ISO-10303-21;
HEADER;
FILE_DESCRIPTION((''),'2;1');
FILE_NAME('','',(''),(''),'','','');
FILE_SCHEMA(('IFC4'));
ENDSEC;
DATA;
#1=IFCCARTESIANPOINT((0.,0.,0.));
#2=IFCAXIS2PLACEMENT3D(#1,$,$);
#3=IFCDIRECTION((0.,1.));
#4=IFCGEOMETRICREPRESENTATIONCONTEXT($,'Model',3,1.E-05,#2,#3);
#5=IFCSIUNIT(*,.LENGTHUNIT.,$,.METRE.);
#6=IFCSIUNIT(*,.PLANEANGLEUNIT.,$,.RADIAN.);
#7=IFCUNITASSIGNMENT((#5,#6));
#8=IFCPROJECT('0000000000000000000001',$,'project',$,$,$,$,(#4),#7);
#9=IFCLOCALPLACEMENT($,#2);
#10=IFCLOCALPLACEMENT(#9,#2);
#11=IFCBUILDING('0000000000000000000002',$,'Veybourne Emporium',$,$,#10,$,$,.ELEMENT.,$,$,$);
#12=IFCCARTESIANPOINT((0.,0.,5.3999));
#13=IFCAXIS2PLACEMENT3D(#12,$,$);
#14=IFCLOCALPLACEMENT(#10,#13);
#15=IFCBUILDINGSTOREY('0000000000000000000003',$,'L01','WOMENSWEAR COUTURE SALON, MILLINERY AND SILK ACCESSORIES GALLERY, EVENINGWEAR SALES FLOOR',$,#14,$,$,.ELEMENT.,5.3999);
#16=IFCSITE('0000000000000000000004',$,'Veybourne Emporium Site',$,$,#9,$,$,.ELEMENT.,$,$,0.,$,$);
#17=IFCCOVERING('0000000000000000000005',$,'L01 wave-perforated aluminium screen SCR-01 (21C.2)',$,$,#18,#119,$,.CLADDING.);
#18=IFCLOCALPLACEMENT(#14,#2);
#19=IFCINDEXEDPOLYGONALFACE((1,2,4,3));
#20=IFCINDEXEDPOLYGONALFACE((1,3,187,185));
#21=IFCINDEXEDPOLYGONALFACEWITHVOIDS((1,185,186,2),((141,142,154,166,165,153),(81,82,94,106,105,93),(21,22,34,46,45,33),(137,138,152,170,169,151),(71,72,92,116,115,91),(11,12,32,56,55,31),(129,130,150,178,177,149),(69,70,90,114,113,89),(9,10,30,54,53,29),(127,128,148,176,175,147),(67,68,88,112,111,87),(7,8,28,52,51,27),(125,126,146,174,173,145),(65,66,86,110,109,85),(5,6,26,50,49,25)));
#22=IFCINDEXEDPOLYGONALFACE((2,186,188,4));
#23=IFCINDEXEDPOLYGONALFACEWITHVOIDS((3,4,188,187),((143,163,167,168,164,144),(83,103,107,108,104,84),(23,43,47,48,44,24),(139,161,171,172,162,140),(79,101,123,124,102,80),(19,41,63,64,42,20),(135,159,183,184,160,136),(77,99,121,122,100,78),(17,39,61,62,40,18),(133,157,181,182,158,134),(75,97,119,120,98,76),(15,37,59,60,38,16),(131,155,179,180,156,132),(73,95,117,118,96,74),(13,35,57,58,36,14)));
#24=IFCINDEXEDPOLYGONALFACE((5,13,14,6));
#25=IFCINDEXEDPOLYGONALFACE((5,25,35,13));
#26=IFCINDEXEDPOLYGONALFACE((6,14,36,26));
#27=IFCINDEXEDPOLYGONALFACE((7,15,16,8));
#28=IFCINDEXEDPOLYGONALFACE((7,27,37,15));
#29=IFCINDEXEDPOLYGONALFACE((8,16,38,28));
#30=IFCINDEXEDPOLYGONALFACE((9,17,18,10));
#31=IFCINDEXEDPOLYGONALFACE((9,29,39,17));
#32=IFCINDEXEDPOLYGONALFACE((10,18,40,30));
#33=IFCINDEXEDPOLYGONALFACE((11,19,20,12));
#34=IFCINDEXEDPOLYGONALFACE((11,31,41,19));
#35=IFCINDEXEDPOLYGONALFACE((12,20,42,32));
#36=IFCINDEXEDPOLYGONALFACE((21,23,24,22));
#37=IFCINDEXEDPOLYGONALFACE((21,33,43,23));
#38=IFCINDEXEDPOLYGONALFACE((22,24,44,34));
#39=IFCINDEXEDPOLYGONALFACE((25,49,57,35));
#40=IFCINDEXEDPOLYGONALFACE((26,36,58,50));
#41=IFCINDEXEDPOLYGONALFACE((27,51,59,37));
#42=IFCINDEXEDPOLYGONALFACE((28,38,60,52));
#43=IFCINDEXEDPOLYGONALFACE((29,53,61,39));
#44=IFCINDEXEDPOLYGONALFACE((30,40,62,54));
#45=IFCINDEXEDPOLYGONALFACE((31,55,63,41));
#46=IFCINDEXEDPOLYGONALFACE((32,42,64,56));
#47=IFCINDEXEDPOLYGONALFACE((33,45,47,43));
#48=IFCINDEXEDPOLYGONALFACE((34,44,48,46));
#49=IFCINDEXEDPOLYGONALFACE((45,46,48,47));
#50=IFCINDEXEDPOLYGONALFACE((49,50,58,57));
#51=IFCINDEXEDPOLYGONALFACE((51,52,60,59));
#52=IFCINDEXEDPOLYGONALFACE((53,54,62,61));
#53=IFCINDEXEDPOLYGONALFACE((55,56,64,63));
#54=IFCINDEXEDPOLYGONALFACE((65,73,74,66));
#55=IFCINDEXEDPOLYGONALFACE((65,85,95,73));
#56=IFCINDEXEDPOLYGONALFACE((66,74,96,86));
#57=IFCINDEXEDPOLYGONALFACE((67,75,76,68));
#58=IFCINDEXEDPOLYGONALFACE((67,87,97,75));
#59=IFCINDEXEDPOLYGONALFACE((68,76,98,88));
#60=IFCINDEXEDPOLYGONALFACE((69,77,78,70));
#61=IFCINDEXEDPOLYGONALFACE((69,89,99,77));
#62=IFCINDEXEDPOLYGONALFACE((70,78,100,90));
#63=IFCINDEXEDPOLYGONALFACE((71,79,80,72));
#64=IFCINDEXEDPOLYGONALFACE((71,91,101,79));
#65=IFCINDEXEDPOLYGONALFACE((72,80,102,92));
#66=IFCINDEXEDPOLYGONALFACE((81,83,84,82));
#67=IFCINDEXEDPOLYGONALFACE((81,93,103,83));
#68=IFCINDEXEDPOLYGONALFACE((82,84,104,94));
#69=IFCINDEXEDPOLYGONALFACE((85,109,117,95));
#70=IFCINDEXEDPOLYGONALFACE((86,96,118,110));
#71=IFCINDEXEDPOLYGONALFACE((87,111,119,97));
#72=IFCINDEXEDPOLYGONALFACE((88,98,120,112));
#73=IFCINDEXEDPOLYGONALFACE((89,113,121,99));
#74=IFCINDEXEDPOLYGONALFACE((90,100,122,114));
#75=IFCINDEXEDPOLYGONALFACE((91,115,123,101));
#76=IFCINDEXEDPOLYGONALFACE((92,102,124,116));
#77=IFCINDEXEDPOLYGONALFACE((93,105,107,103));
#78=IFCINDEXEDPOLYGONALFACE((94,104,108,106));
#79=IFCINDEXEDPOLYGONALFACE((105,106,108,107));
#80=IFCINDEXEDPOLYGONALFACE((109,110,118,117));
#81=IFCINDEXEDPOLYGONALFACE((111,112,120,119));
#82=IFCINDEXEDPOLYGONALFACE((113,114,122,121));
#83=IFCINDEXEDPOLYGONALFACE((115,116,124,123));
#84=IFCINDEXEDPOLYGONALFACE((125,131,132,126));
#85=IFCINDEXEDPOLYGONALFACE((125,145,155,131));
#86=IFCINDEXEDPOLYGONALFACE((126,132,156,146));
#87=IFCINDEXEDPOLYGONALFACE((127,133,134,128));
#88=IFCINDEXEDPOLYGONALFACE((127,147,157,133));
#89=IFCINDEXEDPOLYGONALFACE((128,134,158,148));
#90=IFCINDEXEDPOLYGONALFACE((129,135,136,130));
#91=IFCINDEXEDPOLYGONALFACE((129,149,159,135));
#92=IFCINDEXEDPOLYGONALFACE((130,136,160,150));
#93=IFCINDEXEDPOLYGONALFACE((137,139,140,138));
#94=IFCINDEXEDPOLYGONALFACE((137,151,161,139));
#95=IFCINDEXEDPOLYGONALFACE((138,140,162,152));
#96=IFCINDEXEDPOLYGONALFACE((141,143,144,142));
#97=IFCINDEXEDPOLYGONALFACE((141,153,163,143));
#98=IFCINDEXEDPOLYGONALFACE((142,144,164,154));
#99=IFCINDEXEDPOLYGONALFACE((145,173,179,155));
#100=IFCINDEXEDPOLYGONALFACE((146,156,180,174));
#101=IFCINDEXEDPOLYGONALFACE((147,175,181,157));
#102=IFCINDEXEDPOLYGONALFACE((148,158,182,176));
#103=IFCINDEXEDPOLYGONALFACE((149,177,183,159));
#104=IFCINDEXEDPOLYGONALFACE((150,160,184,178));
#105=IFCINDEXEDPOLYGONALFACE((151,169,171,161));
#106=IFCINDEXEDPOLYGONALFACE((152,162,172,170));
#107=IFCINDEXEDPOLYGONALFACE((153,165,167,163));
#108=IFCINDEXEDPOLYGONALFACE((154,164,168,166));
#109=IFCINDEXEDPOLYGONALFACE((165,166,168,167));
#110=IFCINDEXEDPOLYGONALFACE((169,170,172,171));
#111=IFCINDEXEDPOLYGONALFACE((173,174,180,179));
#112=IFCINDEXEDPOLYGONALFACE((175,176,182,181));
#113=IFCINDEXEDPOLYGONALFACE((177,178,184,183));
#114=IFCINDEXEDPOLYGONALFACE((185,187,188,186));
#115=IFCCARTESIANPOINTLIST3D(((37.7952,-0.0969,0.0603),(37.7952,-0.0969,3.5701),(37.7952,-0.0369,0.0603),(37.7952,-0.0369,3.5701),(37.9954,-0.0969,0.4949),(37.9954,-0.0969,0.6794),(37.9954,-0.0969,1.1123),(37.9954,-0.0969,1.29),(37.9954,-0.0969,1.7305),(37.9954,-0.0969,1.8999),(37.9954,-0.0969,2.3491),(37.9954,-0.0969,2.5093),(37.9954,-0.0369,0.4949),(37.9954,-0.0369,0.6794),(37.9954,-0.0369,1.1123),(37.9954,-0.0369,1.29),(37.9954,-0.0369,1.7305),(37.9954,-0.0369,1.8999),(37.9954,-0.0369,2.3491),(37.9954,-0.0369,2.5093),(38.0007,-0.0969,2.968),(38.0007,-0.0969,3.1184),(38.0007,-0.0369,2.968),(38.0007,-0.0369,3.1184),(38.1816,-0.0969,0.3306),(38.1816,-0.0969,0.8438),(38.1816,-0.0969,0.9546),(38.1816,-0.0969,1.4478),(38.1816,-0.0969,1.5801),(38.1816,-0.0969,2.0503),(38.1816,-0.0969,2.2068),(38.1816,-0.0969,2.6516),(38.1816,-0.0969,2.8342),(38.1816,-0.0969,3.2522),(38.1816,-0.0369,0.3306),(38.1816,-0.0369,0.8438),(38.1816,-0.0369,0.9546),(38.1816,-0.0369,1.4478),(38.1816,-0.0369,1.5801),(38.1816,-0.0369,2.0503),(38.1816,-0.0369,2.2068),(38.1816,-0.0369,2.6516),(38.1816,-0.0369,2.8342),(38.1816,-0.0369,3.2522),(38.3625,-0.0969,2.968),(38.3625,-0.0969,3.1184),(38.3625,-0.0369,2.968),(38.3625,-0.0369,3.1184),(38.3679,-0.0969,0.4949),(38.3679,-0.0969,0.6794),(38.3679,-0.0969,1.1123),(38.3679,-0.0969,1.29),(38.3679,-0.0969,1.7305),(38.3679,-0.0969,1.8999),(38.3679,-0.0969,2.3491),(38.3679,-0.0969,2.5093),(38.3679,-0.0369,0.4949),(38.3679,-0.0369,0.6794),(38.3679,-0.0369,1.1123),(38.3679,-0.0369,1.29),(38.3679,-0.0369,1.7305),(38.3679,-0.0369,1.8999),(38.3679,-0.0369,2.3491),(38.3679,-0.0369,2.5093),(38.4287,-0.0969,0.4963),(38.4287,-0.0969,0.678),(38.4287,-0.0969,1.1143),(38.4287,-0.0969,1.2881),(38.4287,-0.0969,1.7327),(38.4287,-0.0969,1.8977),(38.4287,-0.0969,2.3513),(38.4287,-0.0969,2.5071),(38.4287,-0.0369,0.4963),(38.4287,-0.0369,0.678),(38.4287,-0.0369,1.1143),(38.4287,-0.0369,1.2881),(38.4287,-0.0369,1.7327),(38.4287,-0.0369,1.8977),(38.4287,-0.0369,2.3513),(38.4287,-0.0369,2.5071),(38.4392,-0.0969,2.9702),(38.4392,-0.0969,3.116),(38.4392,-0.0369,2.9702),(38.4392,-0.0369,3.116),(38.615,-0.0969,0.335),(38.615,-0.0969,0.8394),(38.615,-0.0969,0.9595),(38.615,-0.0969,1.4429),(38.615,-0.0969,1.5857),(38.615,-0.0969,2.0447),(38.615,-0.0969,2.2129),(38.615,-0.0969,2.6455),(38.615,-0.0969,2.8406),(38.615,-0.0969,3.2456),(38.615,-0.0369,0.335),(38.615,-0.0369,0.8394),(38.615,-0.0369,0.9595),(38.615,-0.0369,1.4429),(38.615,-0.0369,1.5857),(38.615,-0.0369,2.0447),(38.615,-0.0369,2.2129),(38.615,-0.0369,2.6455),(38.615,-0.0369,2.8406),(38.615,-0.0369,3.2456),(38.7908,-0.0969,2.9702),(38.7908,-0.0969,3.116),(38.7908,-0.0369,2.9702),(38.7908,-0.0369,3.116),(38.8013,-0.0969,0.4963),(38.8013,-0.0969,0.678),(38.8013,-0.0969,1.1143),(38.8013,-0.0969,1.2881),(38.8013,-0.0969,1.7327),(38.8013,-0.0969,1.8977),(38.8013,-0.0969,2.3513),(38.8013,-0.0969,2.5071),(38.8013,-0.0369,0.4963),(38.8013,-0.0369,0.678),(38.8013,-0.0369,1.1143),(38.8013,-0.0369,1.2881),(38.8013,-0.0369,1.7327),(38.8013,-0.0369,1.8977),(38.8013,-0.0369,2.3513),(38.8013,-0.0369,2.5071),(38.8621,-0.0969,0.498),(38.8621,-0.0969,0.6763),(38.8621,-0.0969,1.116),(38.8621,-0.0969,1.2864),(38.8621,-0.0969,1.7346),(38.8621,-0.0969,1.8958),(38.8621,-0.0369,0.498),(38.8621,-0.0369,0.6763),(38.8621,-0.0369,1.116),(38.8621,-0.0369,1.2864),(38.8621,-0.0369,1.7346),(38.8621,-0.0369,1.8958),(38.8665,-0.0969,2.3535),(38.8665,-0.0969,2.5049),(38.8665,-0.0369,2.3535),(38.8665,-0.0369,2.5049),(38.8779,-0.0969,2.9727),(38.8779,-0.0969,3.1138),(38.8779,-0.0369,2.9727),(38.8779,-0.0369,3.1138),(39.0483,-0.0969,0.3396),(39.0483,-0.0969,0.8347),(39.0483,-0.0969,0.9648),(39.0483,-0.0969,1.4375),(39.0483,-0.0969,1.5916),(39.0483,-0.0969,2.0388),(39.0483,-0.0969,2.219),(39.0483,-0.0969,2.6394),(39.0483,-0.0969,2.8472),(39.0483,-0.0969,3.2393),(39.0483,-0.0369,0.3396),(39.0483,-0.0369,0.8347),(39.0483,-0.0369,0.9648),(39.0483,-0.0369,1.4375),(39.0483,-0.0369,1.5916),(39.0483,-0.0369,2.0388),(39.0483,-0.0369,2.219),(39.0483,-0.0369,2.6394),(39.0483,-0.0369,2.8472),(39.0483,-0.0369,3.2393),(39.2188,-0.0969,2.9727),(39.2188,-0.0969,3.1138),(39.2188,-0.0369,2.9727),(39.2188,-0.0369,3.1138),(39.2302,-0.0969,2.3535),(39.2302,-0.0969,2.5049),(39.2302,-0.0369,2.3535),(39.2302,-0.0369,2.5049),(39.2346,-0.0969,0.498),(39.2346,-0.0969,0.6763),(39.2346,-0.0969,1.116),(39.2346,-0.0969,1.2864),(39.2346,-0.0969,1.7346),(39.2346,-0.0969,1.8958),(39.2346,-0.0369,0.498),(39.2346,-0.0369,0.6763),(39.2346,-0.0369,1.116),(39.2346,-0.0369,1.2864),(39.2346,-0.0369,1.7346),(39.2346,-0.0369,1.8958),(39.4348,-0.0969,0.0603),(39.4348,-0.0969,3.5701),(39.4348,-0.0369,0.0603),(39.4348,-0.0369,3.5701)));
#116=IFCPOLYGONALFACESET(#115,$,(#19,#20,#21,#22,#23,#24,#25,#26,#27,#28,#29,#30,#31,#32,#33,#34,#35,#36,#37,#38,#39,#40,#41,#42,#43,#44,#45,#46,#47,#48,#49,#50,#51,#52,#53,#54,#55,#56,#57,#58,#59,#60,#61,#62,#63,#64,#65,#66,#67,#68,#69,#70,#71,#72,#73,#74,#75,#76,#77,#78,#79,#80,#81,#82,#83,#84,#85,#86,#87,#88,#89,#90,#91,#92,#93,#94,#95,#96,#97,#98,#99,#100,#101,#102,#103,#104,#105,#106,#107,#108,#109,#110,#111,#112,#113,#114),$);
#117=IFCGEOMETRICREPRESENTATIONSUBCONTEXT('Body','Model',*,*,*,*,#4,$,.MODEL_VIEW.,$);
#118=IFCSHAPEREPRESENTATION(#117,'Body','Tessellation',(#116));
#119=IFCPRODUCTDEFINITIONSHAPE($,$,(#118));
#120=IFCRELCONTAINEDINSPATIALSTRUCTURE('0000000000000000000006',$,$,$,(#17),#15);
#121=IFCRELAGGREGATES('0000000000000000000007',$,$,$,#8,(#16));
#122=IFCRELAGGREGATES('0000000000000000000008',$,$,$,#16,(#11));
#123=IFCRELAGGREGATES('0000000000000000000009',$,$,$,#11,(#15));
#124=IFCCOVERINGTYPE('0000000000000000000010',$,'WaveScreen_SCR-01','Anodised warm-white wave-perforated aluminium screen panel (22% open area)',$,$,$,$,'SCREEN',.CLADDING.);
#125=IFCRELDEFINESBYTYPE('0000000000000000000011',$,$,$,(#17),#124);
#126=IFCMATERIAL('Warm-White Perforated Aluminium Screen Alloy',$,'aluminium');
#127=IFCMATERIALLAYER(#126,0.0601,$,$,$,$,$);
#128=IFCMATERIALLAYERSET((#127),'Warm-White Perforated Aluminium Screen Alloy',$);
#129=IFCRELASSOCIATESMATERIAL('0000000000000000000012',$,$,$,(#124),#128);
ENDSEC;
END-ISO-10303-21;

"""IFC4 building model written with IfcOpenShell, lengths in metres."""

from ifc_helpers import new_model, si_unit, direction, frame, origin, place, context, subcontext, project, spatial, polyline, outline, extrude, material, layer, layer_set, type_object, element, save


model = new_model("IFC4")

# Units and contexts
model_context = context("Model", 3, precision=1e-05, world=origin(), true_north=direction((0.0, 1.0)))
body_context = subcontext(model_context, "Body", "Model", "MODEL_VIEW")
ifc_project = project(units=[si_unit("LENGTHUNIT", "METRE"), si_unit("PLANEANGLEUNIT", "RADIAN")], contexts=[model_context])

# Site, building, storey
site_placement = place(None, origin())
site = spatial("IfcSite", under=ifc_project, at=site_placement, Name="Veybourne Emporium Site", CompositionType="ELEMENT", RefElevation=0.0)
building_placement = place(site_placement, origin())
building = spatial("IfcBuilding", under=site, at=building_placement, Name="Veybourne Emporium", CompositionType="ELEMENT")
storey_placement = place(building_placement, frame((0.0, 0.0, 5.3999)))
storey = spatial("IfcBuildingStorey", under=building, at=storey_placement, Name="L01", Description="WOMENSWEAR COUTURE SALON, MILLINERY AND SILK ACCESSORIES GALLERY, EVENINGWEAR SALES FLOOR", CompositionType="ELEMENT", Elevation=5.3999)

# Covering
ifc_material_1 = material(Name="Warm-White Perforated Aluminium Screen Alloy", Category="aluminium")
ifc_layer_1 = layer(ifc_material_1, 0.0601)
ifc_layer_set_1 = layer_set([ifc_layer_1], Name="Warm-White Perforated Aluminium Screen Alloy")
covering_type_1 = type_object("IfcCoveringType", Name="WaveScreen_SCR-01", Description="Anodised warm-white wave-perforated aluminium screen panel (22% open area)", ElementType="SCREEN", PredefinedType="CLADDING", material=ifc_layer_set_1)
covering_1_placement = place(storey_placement, frame((38.615, -0.0969, 1.8152), z_axis=(0.0, 1.0, 0.0), x_axis=(-1.0, 0.0, 0.0)))
element("IfcCovering", 1, at=covering_1_placement, inside=storey, type_object=covering_type_1, Name="L01 wave-perforated aluminium screen SCR-01 (21C.2)", PredefinedType="CLADDING", context=body_context, shape_type="SweptSolid", body=[
    extrude(outline(polyline([(-0.8198, -1.7549), (0.8198, -1.7549), (0.8198, 1.7549), (-0.8198, 1.7549), (-0.8198, -1.7549)]), holes=[polyline([(-0.4333, -0.9805), (-0.2471, -1.1389), (-0.2471, -1.3171), (-0.4333, -1.4756), (-0.6196, -1.3171), (-0.6196, -1.1389), (-0.4333, -0.9805)]), polyline([(-0.4333, -0.3777), (-0.2471, -0.5288), (-0.2471, -0.6992), (-0.4333, -0.8503), (-0.6196, -0.6992), (-0.6196, -0.5288), (-0.4333, -0.3777)]), polyline([(-0.4333, 0.2236), (-0.2471, 0.0806), (-0.2471, -0.0806), (-0.4333, -0.2236), (-0.6196, -0.0806), (-0.6196, 0.0806), (-0.4333, 0.2236)]), polyline([(-0.4333, 0.8242), (-0.2515, 0.6897), (-0.2515, 0.5383), (-0.4333, 0.4038), (-0.6152, 0.5383), (-0.6152, 0.6897), (-0.4333, 0.8242)]), polyline([(-0.4333, 1.4241), (-0.2629, 1.2986), (-0.2629, 1.1575), (-0.4333, 1.032), (-0.6038, 1.1575), (-0.6038, 1.2986), (-0.4333, 1.4241)]), polyline([(0.0, -0.9758), (0.1863, -1.1372), (0.1863, -1.3188), (0.0, -1.4802), (-0.1863, -1.3188), (-0.1863, -1.1372), (0.0, -0.9758)]), polyline([(0.0, -0.3723), (0.1863, -0.5271), (0.1863, -0.7009), (0.0, -0.8557), (-0.1863, -0.7009), (-0.1863, -0.5271), (0.0, -0.3723)]), polyline([(0.0, 0.2295), (0.1863, 0.0825), (0.1863, -0.0825), (0.0, -0.2295), (-0.1863, -0.0825), (-0.1863, 0.0825), (0.0, 0.2295)]), polyline([(0.0, 0.8303), (0.1863, 0.6919), (0.1863, 0.5361), (0.0, 0.3977), (-0.1863, 0.5361), (-0.1863, 0.6919), (0.0, 0.8303)]), polyline([(0.0, 1.4304), (0.1758, 1.3008), (0.1758, 1.155), (0.0, 1.0254), (-0.1758, 1.155), (-0.1758, 1.3008), (0.0, 1.4304)]), polyline([(0.4333, -0.9714), (0.6196, -1.1357), (0.6196, -1.3203), (0.4333, -1.4846), (0.2471, -1.3203), (0.2471, -1.1357), (0.4333, -0.9714)]), polyline([(0.4333, -0.3674), (0.6196, -0.5251), (0.6196, -0.7029), (0.4333, -0.8606), (0.2471, -0.7029), (0.2471, -0.5251), (0.4333, -0.3674)]), polyline([(0.4333, 0.2351), (0.6196, 0.0847), (0.6196, -0.0847), (0.4333, -0.2351), (0.2471, -0.0847), (0.2471, 0.0847), (0.4333, 0.2351)]), polyline([(0.4333, 0.8364), (0.6196, 0.6941), (0.6196, 0.5339), (0.4333, 0.3916), (0.2471, 0.5339), (0.2471, 0.6941), (0.4333, 0.8364)]), polyline([(0.4333, 1.437), (0.6143, 1.3032), (0.6143, 1.1528), (0.4333, 1.019), (0.2524, 1.1528), (0.2524, 1.3032), (0.4333, 1.437)])]), origin(), (0.0, 0.0, 1.0), 0.0601),
])

save(model, "model.ifc")
